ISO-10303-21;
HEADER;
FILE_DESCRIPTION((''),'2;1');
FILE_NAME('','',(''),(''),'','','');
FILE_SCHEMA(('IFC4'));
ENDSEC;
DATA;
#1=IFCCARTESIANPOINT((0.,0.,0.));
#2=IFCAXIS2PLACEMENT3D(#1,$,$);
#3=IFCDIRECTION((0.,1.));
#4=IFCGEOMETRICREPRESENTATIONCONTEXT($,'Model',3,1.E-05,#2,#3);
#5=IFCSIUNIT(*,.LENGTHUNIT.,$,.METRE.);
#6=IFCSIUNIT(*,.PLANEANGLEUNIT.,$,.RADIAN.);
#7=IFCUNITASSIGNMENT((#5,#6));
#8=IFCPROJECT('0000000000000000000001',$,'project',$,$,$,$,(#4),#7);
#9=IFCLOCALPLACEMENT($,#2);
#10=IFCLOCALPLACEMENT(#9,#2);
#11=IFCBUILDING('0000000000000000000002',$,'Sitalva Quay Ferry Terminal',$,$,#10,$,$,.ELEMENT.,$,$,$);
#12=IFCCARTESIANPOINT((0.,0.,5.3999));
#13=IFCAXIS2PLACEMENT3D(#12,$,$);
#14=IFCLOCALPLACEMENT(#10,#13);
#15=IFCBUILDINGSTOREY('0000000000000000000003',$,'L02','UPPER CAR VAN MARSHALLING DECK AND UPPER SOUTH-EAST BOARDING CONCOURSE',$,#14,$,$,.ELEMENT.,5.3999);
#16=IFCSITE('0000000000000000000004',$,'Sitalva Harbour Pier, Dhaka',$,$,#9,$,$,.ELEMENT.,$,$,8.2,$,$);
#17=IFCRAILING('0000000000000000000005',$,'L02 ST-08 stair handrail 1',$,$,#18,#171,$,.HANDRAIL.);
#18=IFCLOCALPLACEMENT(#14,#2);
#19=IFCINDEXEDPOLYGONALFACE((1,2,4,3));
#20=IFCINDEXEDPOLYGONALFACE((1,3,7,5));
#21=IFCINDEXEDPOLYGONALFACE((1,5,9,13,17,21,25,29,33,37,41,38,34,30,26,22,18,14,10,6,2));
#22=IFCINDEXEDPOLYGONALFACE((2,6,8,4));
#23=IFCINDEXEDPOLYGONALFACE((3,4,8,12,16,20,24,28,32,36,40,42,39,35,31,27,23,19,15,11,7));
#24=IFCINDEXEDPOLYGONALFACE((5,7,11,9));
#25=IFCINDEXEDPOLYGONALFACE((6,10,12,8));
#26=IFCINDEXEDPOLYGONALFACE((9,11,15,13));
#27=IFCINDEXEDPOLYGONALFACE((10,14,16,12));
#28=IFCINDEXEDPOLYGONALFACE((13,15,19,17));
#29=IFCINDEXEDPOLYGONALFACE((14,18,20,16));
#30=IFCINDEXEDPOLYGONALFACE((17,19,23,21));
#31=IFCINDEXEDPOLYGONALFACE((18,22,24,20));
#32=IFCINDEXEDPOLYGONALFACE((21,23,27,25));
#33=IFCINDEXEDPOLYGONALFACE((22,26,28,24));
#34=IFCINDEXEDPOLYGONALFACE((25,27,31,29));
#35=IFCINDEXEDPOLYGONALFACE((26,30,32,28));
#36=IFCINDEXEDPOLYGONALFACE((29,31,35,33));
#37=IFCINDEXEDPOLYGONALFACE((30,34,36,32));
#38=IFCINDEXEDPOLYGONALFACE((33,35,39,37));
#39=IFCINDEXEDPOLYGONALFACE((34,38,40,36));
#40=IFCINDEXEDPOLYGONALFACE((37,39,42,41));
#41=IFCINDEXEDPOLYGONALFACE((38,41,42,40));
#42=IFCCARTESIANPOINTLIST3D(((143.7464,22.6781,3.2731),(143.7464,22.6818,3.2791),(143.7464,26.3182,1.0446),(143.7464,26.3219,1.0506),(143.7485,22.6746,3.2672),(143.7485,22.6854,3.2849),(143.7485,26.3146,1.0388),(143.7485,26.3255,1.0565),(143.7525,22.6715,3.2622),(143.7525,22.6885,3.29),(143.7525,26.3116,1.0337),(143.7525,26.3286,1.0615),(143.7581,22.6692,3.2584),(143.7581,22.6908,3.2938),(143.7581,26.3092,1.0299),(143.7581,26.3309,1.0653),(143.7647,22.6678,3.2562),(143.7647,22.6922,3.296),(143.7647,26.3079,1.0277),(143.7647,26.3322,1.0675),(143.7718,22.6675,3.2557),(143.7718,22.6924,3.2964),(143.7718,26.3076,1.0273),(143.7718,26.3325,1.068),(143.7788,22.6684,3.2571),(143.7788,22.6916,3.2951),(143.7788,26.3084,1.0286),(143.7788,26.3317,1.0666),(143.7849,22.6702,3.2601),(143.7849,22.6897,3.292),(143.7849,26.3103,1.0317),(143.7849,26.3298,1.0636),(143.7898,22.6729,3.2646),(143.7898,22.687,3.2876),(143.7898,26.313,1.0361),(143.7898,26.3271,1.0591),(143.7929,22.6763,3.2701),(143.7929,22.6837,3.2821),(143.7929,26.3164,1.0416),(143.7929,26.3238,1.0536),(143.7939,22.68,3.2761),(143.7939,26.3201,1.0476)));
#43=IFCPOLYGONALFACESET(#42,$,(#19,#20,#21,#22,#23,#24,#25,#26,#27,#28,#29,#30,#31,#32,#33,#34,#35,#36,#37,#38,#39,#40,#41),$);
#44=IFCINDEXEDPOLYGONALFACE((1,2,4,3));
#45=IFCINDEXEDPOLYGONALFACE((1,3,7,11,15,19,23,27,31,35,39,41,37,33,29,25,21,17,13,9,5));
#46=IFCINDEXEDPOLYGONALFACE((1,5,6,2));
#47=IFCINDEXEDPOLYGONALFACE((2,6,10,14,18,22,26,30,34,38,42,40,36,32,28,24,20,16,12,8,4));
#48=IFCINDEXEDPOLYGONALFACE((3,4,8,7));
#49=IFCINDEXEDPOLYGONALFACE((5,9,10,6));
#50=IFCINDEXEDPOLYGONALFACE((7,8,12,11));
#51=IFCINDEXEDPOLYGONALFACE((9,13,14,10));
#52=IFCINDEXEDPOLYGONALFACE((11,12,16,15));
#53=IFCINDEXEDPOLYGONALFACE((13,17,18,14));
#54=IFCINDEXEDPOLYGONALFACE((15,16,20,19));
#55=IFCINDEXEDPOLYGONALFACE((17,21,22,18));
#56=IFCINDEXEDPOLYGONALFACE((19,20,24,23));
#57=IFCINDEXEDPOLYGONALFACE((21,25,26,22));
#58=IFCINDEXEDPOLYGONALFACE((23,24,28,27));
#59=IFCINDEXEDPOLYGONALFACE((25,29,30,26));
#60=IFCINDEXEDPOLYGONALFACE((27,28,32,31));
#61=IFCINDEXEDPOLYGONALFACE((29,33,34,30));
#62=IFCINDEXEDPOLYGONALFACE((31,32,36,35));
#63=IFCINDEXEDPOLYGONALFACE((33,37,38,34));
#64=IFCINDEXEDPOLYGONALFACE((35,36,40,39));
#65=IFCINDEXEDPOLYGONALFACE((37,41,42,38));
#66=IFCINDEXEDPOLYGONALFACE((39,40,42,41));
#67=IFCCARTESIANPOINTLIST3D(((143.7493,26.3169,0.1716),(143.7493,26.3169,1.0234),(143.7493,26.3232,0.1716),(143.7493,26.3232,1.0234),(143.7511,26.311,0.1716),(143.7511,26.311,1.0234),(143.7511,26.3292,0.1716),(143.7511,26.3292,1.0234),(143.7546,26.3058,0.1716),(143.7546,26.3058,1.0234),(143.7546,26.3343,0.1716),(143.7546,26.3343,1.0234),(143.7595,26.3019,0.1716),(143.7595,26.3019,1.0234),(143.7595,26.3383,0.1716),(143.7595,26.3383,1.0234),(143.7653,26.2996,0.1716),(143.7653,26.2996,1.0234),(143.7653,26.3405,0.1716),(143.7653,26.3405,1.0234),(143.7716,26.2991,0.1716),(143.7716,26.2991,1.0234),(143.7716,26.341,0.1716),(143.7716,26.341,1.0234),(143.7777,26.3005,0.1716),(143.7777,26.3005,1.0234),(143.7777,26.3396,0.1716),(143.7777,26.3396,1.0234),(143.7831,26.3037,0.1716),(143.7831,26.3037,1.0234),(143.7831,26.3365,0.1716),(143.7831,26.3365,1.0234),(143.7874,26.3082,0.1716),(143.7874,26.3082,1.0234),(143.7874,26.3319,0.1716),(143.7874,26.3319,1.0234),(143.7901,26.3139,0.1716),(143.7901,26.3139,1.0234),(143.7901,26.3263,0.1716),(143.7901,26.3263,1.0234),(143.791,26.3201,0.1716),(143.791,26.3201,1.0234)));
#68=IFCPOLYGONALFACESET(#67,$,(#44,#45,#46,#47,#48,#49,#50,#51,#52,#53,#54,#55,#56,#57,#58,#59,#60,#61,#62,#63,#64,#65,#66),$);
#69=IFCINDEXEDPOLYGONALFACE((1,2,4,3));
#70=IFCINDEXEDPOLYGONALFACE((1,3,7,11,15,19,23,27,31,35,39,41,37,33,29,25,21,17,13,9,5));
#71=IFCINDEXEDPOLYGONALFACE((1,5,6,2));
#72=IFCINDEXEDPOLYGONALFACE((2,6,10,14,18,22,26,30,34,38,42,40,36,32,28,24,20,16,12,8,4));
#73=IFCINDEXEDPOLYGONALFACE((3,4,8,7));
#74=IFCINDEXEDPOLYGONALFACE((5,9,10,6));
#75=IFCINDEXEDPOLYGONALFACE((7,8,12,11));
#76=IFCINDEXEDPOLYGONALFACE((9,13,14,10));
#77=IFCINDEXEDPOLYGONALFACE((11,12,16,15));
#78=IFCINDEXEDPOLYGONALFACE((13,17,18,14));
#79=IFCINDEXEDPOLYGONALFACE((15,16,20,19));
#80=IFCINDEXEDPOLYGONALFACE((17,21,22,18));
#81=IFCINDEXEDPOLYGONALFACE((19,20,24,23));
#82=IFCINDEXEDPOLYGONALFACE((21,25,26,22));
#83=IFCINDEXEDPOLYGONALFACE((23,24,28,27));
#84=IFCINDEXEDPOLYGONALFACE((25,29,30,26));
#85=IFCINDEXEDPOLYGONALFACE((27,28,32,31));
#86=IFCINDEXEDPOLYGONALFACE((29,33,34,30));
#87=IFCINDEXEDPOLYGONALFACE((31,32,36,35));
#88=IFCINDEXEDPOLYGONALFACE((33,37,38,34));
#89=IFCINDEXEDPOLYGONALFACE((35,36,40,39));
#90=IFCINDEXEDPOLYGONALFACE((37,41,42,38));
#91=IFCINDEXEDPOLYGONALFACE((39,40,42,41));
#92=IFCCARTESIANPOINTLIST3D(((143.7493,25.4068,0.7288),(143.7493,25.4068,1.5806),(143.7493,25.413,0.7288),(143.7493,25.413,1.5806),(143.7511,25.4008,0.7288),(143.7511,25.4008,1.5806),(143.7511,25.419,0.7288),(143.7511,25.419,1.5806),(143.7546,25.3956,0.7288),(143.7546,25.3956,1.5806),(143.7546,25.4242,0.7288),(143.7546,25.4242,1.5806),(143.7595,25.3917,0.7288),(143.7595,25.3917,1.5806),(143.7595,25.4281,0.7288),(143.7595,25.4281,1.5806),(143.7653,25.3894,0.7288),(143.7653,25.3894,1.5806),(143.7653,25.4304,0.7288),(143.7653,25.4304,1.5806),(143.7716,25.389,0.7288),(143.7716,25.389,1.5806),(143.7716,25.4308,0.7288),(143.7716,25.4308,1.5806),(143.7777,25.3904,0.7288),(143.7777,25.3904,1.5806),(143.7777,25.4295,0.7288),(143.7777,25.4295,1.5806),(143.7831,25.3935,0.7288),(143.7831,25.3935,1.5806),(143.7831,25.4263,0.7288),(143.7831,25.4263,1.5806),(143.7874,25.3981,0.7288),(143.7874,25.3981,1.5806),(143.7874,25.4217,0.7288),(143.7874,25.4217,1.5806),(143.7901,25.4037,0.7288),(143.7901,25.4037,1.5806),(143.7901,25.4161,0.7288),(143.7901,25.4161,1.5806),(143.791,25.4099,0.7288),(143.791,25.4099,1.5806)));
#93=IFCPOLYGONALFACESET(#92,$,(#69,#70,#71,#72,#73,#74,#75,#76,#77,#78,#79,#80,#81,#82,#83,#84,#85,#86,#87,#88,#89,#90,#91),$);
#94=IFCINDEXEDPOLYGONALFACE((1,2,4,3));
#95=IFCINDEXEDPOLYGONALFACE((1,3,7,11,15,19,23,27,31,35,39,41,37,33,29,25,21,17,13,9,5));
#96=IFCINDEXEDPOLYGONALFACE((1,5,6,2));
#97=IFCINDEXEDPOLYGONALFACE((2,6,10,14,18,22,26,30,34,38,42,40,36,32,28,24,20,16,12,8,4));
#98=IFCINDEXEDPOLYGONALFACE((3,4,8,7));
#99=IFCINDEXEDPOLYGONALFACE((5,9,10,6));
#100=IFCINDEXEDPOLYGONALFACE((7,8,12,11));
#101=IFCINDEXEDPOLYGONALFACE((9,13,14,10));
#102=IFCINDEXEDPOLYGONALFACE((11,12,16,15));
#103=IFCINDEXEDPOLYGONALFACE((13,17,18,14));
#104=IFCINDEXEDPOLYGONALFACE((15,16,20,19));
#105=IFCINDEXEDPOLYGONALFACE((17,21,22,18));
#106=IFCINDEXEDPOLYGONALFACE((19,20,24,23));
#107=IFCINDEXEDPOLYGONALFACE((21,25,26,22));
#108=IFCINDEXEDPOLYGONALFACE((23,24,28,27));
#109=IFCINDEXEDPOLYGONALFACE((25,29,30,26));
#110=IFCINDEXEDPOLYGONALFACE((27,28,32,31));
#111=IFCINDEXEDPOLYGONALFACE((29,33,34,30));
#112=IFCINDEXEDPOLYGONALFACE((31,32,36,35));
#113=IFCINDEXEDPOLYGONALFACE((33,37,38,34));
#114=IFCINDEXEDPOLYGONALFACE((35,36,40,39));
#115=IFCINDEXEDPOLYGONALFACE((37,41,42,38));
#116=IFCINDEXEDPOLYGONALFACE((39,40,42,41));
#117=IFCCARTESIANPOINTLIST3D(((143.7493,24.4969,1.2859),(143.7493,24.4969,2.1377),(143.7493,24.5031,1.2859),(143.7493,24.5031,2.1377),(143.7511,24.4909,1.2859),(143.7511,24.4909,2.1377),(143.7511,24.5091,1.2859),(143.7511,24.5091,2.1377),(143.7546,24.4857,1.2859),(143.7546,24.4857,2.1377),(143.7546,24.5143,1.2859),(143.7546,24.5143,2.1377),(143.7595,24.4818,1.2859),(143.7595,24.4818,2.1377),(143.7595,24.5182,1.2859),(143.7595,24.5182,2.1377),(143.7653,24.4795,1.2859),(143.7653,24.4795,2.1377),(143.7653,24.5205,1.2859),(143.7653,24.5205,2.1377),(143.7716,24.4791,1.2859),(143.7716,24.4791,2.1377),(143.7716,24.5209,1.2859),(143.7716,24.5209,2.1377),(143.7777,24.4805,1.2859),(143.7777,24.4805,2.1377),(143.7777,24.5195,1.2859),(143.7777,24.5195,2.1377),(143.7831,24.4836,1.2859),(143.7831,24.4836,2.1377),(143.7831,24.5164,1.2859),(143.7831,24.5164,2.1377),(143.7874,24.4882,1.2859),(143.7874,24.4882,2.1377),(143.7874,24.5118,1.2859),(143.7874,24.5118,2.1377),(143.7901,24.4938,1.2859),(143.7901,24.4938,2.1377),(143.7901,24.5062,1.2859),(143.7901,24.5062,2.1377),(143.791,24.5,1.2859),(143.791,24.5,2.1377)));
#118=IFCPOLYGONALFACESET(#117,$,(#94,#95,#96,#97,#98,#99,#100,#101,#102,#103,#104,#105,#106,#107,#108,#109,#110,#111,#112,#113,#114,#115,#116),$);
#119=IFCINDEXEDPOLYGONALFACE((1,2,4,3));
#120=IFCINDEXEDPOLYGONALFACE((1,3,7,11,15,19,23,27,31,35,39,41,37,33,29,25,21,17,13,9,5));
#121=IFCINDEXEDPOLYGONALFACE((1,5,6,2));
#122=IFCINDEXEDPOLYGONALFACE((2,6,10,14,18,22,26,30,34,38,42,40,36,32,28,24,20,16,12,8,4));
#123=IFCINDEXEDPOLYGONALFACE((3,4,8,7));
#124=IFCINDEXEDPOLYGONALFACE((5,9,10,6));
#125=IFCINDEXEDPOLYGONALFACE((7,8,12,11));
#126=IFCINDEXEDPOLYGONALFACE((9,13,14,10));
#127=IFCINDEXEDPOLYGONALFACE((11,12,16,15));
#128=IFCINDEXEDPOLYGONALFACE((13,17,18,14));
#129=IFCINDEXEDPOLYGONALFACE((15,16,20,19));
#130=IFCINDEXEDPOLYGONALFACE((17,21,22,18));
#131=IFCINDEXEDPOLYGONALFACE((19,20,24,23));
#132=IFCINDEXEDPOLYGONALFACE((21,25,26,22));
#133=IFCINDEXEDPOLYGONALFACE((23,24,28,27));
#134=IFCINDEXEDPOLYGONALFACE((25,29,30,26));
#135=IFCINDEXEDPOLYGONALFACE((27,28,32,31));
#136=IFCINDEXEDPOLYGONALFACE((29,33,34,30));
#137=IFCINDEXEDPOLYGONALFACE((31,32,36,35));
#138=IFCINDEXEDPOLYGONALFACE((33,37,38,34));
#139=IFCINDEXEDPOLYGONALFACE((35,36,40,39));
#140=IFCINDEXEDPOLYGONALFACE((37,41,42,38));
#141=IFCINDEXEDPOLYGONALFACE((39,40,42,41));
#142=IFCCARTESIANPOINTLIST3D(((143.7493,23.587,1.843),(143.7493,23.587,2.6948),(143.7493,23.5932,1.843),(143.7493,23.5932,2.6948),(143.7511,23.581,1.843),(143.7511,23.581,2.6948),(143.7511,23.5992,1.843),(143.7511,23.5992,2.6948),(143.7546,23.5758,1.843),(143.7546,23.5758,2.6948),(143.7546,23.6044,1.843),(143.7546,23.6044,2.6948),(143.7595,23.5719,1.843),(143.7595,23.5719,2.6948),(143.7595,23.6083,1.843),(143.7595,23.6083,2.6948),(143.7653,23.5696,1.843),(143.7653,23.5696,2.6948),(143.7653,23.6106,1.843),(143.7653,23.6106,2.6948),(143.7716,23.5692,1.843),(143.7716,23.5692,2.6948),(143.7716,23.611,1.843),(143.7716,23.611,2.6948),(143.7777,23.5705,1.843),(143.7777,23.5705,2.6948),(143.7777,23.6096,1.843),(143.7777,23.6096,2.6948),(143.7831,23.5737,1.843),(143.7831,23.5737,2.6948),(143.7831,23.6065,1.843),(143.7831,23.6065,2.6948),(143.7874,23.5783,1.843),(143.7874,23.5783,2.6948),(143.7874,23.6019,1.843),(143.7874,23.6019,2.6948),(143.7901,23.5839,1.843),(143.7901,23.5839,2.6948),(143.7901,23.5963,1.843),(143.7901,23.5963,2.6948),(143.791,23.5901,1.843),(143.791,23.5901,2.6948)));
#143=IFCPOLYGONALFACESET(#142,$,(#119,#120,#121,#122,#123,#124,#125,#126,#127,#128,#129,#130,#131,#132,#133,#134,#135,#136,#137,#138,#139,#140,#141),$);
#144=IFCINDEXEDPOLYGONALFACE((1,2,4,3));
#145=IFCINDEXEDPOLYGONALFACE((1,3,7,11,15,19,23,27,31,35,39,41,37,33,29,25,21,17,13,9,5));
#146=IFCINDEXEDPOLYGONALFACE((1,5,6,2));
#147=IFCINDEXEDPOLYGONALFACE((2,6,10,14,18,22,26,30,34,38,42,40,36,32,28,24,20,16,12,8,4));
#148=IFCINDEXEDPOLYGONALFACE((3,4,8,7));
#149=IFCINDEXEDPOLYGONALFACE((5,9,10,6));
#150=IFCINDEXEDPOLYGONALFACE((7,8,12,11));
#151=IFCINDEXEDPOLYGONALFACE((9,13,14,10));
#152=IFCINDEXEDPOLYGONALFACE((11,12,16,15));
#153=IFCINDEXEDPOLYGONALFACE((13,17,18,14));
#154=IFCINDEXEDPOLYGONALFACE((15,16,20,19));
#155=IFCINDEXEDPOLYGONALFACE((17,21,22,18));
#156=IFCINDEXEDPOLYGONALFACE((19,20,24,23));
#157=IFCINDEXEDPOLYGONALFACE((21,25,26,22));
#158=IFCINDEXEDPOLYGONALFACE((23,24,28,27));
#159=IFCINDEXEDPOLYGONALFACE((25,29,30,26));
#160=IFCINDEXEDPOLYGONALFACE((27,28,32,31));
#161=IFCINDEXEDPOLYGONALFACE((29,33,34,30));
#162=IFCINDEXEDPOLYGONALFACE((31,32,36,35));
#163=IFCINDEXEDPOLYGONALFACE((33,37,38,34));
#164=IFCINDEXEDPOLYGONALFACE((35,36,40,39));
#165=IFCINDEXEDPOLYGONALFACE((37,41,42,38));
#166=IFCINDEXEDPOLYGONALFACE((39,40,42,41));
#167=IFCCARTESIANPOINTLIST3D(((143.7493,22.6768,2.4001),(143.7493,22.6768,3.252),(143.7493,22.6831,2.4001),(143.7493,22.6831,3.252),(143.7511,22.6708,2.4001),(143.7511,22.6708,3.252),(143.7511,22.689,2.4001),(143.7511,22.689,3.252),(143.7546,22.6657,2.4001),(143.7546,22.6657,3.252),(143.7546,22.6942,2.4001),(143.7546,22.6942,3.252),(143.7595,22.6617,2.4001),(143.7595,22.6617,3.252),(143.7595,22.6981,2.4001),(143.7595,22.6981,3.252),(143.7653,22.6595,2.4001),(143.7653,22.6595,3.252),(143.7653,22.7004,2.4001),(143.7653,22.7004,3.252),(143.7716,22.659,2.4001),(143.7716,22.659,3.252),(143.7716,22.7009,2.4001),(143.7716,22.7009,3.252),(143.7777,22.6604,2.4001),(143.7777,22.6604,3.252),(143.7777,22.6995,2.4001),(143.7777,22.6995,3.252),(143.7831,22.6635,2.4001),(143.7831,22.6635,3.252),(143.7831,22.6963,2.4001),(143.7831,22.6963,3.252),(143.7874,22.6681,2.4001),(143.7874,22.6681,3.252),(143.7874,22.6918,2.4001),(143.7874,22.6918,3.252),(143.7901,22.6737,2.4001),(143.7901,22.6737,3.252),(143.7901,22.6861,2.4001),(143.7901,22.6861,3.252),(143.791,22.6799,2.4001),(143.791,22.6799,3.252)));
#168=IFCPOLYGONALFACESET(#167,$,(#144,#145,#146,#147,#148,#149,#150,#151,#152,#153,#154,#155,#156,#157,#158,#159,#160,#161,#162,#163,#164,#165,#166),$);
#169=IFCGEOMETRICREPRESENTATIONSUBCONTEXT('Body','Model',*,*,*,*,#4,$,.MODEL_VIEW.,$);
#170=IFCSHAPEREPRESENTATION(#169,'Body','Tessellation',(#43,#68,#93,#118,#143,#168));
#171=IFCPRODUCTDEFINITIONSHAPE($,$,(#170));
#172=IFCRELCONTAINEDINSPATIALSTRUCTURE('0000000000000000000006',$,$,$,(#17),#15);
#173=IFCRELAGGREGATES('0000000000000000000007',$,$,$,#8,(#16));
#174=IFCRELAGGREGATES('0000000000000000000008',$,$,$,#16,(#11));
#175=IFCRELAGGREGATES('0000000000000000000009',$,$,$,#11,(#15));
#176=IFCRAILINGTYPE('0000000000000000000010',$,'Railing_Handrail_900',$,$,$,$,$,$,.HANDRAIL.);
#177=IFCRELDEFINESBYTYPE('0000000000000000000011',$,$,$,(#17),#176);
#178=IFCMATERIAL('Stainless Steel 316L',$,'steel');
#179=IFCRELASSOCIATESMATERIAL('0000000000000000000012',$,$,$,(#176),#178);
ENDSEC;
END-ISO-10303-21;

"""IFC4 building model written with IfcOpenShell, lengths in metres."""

from ifc_helpers import new_model, si_unit, direction, frame, origin, origin_2d, place, context, subcontext, project, spatial, circle, extrude, material, type_object, element, save


model = new_model("IFC4")

# Units and contexts
model_context = context("Model", 3, precision=1e-05, world=origin(), true_north=direction((0.0, 1.0)))
body_context = subcontext(model_context, "Body", "Model", "MODEL_VIEW")
ifc_project = project(units=[si_unit("LENGTHUNIT", "METRE"), si_unit("PLANEANGLEUNIT", "RADIAN")], contexts=[model_context])

# Site, building, storey
site_placement = place(None, origin())
site = spatial("IfcSite", under=ifc_project, at=site_placement, Name="Sitalva Harbour Pier, Dhaka", CompositionType="ELEMENT", RefElevation=8.2)
building_placement = place(site_placement, origin())
building = spatial("IfcBuilding", under=site, at=building_placement, Name="Sitalva Quay Ferry Terminal", CompositionType="ELEMENT")
storey_placement = place(building_placement, frame((0.0, 0.0, 5.3999)))
storey = spatial("IfcBuildingStorey", under=building, at=storey_placement, Name="L02", Description="UPPER CAR VAN MARSHALLING DECK AND UPPER SOUTH-EAST BOARDING CONCOURSE", CompositionType="ELEMENT", Elevation=5.3999)

# Railing
ifc_material_1 = material(Name="Stainless Steel 316L", Category="steel")
railing_type_1 = type_object("IfcRailingType", Name="Railing_Handrail_900", PredefinedType="HANDRAIL", material=ifc_material_1)
railing_1_placement = place(storey_placement, frame((143.77, 26.3201, 0.1716)))
element("IfcRailing", 1, at=railing_1_placement, inside=storey, type_object=railing_type_1, Name="L02 ST-08 stair handrail 1", PredefinedType="HANDRAIL", context=body_context, shape_type="SweptSolid", body=[
    extrude(circle(Radius=0.0239, at=origin_2d()), frame((0.0, 0.0, 0.876), z_axis=(0.0, -0.852866, 0.52213), x_axis=(1.0, 0.0, 0.0)), (0.0, 0.0, 1.0), 4.2681),
    extrude(circle(Radius=0.021, at=origin_2d()), origin(), (0.0, 0.0, 1.0), 0.8518),
    extrude(circle(Radius=0.021, at=origin_2d()), frame((0.0, -0.9102, 0.5571)), (0.0, 0.0, 1.0), 0.8518),
    extrude(circle(Radius=0.021, at=origin_2d()), frame((0.0, -1.8201, 1.1143)), (0.0, 0.0, 1.0), 0.8518),
    extrude(circle(Radius=0.021, at=origin_2d()), frame((0.0, -2.73, 1.6714)), (0.0, 0.0, 1.0), 0.8518),
    extrude(circle(Radius=0.021, at=origin_2d()), frame((0.0, -3.6401, 2.2285)), (0.0, 0.0, 1.0), 0.8518),
])

save(model, "model.ifc")
